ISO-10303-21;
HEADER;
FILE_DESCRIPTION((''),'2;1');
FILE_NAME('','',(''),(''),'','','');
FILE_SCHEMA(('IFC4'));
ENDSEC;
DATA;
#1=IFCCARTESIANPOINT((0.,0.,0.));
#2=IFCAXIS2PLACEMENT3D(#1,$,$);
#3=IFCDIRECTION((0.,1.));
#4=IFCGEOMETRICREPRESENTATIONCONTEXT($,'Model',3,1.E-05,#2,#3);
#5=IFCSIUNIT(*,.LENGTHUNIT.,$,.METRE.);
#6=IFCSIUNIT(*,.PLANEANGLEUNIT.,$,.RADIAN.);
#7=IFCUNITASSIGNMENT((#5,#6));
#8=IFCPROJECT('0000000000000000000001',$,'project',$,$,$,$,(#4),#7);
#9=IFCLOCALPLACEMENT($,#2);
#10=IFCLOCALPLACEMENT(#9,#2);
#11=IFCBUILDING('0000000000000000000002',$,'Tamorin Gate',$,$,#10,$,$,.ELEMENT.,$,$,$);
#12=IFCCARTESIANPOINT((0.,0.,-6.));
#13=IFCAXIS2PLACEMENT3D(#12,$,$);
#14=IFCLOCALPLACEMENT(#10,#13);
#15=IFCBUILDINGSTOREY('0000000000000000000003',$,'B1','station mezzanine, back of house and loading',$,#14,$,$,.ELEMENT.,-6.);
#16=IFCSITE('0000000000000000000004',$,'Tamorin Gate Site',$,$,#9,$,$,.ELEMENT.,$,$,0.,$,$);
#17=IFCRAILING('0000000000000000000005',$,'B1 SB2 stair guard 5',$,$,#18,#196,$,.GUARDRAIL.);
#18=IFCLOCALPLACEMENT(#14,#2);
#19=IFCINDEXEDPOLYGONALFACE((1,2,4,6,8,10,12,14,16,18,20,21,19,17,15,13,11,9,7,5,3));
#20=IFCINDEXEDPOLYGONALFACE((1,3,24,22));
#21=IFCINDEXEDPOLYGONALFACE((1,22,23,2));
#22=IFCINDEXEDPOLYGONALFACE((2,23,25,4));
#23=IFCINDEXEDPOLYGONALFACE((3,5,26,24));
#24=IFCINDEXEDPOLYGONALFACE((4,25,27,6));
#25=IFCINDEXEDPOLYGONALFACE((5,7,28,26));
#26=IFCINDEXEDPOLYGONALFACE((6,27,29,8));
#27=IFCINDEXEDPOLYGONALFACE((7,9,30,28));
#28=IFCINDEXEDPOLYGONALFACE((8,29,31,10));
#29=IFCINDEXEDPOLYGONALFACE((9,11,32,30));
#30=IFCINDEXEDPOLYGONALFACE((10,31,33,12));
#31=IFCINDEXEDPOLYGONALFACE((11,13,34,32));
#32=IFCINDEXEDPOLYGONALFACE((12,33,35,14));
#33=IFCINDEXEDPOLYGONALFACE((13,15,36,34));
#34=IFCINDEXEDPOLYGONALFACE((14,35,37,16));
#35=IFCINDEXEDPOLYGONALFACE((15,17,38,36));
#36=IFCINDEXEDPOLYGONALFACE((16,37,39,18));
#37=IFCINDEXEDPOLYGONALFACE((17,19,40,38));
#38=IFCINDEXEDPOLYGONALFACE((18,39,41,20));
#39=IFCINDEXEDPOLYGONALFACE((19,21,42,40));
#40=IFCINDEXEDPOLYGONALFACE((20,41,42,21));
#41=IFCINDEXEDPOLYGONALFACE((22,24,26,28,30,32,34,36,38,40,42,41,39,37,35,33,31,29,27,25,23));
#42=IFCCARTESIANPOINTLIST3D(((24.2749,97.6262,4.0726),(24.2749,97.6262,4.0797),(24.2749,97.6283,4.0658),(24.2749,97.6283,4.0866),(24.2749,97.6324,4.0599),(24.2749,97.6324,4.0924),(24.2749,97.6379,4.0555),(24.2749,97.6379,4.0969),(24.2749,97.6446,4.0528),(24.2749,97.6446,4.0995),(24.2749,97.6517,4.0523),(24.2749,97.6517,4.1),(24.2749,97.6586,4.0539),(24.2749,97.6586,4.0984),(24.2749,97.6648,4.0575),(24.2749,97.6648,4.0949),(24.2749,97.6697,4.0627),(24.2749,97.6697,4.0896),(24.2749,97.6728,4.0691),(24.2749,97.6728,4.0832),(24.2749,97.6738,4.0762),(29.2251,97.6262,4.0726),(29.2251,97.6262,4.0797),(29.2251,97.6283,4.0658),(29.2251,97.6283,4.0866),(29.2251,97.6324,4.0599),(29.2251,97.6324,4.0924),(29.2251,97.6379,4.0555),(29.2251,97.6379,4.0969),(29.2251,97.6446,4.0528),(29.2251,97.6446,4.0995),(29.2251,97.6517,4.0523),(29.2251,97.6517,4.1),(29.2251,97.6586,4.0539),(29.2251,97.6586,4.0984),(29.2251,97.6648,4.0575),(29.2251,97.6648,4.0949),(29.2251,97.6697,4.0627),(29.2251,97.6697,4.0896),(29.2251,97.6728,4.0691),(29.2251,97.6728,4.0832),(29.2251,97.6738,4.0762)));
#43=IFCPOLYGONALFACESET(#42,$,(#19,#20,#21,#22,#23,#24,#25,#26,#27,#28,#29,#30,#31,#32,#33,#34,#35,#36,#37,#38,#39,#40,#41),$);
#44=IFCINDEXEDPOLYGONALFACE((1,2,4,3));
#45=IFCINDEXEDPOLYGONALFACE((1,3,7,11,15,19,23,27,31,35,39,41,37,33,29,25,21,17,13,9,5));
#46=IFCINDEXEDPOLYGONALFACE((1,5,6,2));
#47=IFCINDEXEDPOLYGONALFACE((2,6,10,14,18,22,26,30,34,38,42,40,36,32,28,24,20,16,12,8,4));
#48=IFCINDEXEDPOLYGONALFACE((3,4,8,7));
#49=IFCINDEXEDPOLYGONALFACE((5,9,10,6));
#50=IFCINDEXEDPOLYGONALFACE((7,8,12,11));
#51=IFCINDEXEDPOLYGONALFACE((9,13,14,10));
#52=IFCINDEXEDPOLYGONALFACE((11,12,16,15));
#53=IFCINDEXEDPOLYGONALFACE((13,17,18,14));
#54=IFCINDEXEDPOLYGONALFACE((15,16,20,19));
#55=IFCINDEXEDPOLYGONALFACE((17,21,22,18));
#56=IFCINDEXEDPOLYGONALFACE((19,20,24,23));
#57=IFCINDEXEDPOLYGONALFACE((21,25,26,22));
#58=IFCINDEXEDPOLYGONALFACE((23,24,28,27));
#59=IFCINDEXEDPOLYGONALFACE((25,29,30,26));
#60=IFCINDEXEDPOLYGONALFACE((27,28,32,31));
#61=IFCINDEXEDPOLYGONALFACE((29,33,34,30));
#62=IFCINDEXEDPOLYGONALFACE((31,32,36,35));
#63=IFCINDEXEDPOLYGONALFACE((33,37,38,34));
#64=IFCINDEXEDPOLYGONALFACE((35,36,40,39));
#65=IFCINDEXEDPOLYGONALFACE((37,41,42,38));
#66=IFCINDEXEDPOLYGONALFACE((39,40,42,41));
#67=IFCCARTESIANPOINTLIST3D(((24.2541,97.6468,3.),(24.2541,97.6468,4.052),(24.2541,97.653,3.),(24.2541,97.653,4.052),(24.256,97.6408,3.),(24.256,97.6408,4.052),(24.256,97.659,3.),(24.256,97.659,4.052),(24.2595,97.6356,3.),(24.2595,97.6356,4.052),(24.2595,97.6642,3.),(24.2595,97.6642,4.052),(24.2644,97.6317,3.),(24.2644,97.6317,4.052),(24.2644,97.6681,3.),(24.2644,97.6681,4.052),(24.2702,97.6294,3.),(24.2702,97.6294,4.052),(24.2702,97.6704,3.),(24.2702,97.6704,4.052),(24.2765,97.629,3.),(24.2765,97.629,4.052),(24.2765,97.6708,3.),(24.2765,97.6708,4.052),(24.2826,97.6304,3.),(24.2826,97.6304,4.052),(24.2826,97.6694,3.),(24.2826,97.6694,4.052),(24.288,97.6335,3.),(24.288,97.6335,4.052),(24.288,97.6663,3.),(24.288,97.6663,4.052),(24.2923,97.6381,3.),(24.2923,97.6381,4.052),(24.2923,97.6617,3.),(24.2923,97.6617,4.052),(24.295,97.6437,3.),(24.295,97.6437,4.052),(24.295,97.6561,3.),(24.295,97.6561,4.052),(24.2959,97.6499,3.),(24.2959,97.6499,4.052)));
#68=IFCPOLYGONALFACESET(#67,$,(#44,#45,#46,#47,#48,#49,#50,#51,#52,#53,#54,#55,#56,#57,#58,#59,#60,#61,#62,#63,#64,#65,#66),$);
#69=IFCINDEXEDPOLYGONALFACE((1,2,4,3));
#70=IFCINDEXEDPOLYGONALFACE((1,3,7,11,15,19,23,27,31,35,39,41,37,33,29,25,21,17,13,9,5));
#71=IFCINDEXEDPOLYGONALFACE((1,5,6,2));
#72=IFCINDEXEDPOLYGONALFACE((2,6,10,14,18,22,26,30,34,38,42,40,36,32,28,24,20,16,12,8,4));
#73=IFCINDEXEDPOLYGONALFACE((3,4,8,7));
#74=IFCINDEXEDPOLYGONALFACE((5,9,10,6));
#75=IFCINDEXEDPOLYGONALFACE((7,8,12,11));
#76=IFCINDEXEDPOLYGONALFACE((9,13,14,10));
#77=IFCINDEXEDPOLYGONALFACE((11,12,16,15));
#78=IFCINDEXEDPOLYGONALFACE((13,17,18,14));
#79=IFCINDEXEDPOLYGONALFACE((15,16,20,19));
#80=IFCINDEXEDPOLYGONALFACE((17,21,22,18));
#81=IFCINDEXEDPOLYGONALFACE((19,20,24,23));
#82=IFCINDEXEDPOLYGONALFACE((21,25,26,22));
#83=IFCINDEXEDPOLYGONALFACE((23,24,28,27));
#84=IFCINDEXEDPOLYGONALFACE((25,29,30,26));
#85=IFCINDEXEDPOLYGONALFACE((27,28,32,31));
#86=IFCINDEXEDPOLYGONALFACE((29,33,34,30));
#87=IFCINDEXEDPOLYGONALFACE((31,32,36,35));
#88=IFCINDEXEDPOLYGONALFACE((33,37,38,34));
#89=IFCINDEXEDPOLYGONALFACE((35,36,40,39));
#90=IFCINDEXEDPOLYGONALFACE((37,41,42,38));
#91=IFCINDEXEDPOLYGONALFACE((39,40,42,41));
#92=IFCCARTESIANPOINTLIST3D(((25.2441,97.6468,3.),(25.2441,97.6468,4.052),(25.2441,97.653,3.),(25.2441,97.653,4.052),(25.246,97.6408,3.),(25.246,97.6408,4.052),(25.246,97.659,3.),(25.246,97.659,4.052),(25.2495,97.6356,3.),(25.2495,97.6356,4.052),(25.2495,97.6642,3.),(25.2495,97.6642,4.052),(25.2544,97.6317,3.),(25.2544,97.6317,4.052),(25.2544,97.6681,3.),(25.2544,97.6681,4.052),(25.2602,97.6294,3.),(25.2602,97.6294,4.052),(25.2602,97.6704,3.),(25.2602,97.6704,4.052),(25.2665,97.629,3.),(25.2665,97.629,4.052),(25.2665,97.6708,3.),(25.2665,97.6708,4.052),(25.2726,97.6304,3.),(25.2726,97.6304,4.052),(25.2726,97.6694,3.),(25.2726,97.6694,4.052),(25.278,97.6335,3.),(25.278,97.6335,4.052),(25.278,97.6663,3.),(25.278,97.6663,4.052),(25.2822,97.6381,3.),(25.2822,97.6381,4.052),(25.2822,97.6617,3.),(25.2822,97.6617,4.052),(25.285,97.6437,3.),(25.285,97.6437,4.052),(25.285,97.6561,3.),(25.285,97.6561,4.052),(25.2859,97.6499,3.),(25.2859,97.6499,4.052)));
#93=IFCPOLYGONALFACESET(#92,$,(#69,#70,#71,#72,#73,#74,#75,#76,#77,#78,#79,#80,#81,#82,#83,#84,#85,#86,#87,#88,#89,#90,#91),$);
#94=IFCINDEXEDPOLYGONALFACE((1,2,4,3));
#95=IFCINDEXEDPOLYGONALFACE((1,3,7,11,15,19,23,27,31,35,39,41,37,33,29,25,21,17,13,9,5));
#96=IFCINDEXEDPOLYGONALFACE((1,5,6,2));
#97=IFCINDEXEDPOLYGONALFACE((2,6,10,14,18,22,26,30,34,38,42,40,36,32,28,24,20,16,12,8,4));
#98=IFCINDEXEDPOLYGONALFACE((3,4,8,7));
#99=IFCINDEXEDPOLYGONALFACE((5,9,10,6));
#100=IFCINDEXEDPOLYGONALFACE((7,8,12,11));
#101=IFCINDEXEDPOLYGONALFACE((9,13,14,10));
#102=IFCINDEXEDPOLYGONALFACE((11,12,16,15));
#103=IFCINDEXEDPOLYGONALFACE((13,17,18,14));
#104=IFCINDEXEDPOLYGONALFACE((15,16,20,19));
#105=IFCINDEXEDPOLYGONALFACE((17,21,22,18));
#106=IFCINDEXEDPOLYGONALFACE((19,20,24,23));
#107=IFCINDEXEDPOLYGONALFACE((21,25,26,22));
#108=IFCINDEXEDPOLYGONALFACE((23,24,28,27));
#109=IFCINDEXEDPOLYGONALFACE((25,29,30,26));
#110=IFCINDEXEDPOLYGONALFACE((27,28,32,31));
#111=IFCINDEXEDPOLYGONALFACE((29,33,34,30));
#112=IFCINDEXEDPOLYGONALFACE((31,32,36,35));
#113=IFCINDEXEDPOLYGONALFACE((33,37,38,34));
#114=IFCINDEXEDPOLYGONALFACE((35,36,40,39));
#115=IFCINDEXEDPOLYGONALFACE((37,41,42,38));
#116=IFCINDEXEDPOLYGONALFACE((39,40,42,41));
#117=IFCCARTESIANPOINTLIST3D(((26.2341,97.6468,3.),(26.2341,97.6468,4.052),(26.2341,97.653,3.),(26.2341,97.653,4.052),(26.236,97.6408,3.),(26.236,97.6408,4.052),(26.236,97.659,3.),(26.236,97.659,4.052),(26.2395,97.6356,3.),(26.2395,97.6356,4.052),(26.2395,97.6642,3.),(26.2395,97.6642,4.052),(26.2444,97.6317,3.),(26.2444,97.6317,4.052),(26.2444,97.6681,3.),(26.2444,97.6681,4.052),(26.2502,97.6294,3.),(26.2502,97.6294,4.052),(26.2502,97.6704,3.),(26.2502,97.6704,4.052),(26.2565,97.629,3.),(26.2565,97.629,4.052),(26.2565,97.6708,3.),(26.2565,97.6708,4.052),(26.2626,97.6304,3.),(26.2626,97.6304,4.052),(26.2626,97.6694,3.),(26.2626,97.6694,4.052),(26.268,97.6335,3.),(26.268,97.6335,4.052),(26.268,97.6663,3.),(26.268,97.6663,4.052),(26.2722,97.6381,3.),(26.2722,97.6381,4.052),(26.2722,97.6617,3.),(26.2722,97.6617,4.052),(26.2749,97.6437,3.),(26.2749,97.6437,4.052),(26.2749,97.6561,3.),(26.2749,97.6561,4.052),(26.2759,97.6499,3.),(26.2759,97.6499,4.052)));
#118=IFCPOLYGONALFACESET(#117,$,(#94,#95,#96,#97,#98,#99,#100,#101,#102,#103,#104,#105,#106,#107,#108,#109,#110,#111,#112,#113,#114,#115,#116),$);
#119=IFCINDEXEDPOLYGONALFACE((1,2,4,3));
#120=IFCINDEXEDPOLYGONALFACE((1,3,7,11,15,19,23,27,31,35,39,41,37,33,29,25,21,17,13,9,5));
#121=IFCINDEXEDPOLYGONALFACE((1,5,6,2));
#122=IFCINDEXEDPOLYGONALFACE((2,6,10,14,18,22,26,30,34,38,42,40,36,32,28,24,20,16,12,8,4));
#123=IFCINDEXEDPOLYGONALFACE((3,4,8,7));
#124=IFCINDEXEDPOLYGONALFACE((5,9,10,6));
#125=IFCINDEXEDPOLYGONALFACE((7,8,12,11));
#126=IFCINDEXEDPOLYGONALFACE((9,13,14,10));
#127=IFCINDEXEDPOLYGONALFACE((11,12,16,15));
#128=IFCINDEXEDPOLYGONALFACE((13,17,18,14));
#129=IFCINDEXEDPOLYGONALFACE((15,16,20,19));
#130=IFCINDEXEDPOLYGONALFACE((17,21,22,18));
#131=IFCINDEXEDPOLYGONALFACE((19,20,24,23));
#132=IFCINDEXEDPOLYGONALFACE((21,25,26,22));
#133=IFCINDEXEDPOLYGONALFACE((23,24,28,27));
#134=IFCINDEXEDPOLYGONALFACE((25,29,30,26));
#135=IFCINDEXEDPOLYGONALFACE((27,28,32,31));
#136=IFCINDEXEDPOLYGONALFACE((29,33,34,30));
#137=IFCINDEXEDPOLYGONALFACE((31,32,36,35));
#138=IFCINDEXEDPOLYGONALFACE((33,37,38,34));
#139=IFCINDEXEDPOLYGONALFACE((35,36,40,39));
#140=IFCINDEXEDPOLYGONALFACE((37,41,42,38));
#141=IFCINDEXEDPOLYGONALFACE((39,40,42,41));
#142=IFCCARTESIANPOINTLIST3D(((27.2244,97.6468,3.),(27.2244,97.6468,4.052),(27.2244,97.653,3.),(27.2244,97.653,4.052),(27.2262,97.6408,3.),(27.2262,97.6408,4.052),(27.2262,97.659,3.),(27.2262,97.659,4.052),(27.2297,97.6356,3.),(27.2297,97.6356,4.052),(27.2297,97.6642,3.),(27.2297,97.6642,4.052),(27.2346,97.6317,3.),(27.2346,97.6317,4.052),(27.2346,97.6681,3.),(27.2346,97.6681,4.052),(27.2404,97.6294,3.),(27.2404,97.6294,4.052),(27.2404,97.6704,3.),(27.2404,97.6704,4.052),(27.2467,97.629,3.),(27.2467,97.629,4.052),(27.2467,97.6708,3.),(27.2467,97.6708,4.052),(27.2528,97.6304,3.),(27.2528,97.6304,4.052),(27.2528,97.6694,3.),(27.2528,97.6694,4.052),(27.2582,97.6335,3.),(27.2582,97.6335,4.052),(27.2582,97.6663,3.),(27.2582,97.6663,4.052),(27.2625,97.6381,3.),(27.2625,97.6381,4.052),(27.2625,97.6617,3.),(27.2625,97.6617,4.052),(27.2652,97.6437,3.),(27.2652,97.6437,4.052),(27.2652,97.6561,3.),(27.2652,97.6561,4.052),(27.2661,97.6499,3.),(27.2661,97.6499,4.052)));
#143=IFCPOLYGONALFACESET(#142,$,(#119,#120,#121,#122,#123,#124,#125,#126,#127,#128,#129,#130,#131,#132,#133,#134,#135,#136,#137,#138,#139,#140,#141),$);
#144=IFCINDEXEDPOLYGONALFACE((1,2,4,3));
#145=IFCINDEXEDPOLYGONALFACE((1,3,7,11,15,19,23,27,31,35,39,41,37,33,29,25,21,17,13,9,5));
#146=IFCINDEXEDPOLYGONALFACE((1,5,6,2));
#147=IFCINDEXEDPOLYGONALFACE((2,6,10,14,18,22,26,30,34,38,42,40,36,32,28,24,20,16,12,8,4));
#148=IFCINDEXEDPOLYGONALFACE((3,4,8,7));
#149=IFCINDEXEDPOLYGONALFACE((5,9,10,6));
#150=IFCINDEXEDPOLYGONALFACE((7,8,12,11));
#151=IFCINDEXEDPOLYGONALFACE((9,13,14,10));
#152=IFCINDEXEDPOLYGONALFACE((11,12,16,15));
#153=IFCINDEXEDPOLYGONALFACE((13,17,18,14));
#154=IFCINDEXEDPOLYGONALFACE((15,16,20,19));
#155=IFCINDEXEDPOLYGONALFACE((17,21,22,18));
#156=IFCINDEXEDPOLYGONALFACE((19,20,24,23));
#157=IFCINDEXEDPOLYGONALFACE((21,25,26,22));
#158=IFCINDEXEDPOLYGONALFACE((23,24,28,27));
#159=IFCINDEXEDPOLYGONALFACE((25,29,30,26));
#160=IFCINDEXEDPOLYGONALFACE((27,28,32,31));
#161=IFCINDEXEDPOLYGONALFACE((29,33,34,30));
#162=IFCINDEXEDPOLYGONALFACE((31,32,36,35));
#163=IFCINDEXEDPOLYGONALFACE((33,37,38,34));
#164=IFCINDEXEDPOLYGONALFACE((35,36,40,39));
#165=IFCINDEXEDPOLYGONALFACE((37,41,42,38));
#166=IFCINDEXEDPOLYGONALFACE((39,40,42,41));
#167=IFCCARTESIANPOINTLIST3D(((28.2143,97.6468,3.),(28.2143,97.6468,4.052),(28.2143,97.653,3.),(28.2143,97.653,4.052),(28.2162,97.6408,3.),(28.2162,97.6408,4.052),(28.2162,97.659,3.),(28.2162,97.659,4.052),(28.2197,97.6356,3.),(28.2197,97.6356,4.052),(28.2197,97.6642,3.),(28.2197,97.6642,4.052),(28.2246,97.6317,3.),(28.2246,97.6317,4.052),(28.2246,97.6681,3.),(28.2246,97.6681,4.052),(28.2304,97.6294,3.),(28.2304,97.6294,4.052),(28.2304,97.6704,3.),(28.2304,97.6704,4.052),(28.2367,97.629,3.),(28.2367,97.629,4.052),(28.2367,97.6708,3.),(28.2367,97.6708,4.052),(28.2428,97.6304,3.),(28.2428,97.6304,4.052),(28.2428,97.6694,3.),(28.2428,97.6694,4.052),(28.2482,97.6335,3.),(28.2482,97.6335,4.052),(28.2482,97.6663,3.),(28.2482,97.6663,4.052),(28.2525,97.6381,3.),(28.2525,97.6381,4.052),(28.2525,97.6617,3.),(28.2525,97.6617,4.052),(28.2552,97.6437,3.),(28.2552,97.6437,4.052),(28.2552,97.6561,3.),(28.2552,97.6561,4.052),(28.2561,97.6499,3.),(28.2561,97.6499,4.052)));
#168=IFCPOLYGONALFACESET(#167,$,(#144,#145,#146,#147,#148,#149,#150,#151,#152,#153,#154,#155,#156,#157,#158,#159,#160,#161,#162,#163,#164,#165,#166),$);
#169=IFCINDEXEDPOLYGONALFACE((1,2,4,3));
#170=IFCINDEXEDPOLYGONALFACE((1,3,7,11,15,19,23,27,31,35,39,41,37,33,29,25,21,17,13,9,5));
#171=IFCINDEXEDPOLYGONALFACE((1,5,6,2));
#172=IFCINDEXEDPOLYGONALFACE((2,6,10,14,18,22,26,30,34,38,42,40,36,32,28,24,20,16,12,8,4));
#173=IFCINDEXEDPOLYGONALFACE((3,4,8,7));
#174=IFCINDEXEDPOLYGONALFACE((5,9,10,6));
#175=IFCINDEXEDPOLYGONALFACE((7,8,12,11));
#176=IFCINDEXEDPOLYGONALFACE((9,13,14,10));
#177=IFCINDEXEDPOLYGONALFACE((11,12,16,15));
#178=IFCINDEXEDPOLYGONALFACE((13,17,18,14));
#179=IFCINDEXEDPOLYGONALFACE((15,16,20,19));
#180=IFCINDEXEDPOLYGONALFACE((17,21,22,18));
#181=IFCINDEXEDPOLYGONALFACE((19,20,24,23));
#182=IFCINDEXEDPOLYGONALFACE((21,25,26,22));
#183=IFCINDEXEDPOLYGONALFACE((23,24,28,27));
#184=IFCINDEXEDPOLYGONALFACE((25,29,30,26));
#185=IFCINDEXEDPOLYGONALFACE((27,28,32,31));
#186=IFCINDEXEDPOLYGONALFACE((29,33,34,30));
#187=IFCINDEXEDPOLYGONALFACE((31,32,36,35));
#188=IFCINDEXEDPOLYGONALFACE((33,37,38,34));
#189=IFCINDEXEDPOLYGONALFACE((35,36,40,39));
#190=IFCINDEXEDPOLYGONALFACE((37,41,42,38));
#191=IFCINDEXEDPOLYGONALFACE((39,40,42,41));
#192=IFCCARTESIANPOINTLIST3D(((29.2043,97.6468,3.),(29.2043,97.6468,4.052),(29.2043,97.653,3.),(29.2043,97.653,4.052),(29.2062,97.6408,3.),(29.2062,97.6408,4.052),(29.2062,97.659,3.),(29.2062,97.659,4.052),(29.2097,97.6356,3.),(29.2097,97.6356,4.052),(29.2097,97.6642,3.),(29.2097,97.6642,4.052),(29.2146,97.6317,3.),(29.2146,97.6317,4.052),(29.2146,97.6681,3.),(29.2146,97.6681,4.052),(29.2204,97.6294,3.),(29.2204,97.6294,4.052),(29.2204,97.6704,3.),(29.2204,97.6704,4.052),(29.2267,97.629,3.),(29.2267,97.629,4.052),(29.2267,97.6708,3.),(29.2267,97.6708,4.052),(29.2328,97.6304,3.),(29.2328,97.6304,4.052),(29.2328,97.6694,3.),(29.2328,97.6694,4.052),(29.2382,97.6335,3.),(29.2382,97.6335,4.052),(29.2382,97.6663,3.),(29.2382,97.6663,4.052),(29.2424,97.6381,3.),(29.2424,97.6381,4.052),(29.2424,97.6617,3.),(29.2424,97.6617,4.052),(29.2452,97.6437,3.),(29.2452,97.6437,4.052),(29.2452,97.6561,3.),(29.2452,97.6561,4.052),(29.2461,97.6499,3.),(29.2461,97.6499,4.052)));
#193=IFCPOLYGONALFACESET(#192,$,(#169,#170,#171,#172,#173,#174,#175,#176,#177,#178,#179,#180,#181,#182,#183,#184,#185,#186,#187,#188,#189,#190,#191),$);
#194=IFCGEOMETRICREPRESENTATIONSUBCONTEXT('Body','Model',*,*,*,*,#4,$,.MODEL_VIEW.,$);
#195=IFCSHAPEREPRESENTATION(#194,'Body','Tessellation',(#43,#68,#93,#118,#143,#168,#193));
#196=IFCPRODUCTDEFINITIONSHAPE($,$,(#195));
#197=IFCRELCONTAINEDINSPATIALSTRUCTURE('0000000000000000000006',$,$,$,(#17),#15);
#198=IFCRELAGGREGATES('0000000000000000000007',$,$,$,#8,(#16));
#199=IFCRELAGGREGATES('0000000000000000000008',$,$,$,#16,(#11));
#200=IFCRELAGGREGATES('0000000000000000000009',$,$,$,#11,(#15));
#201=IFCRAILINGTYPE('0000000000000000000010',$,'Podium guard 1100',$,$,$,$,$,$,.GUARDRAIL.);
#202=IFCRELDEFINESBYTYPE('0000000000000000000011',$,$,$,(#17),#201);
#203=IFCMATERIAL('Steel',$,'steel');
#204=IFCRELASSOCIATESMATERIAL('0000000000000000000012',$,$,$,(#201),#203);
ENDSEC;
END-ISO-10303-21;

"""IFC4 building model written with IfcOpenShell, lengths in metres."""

from ifc_helpers import new_model, si_unit, direction, frame, origin, origin_2d, place, context, subcontext, project, spatial, circle, extrude, material, type_object, element, save


model = new_model("IFC4")

# Units and contexts
model_context = context("Model", 3, precision=1e-05, world=origin(), true_north=direction((0.0, 1.0)))
body_context = subcontext(model_context, "Body", "Model", "MODEL_VIEW")
ifc_project = project(units=[si_unit("LENGTHUNIT", "METRE"), si_unit("PLANEANGLEUNIT", "RADIAN")], contexts=[model_context])

# Site, building, storey
site_placement = place(None, origin())
site = spatial("IfcSite", under=ifc_project, at=site_placement, Name="Tamorin Gate Site", CompositionType="ELEMENT", RefElevation=0.0)
building_placement = place(site_placement, origin())
building = spatial("IfcBuilding", under=site, at=building_placement, Name="Tamorin Gate", CompositionType="ELEMENT")
storey_placement = place(building_placement, frame((0.0, 0.0, -6.0)))
storey = spatial("IfcBuildingStorey", under=building, at=storey_placement, Name="B1", Description="station mezzanine, back of house and loading", CompositionType="ELEMENT", Elevation=-6.0)

# Railing
ifc_material_1 = material(Name="Steel", Category="steel")
railing_type_1 = type_object("IfcRailingType", Name="Podium guard 1100", PredefinedType="GUARDRAIL", material=ifc_material_1)
railing_1_placement = place(storey_placement, frame((24.2749, 97.6499, 3.0)))
element("IfcRailing", 1, at=railing_1_placement, inside=storey, type_object=railing_type_1, Name="B1 SB2 stair guard 5", PredefinedType="GUARDRAIL", context=body_context, shape_type="SweptSolid", body=[
    extrude(circle(Radius=0.0239, at=origin_2d()), frame((0.0, 0.0, 1.0762), z_axis=(1.0, 0.0, 0.0), x_axis=(0.0, 1.0, 0.0)), (0.0, 0.0, 1.0), 4.9502),
    extrude(circle(Radius=0.021, at=origin_2d()), origin(), (0.0, 0.0, 1.0), 1.052),
    extrude(circle(Radius=0.021, at=origin_2d()), frame((0.99, 0.0, 0.0)), (0.0, 0.0, 1.0), 1.052),
    extrude(circle(Radius=0.021, at=origin_2d()), frame((1.98, 0.0, 0.0)), (0.0, 0.0, 1.0), 1.052),
    extrude(circle(Radius=0.021, at=origin_2d()), frame((2.9702, 0.0, 0.0)), (0.0, 0.0, 1.0), 1.052),
    extrude(circle(Radius=0.021, at=origin_2d()), frame((3.9602, 0.0, 0.0)), (0.0, 0.0, 1.0), 1.052),
    extrude(circle(Radius=0.021, at=origin_2d()), frame((4.9502, 0.0, 0.0)), (0.0, 0.0, 1.0), 1.052),
])

save(model, "model.ifc")
